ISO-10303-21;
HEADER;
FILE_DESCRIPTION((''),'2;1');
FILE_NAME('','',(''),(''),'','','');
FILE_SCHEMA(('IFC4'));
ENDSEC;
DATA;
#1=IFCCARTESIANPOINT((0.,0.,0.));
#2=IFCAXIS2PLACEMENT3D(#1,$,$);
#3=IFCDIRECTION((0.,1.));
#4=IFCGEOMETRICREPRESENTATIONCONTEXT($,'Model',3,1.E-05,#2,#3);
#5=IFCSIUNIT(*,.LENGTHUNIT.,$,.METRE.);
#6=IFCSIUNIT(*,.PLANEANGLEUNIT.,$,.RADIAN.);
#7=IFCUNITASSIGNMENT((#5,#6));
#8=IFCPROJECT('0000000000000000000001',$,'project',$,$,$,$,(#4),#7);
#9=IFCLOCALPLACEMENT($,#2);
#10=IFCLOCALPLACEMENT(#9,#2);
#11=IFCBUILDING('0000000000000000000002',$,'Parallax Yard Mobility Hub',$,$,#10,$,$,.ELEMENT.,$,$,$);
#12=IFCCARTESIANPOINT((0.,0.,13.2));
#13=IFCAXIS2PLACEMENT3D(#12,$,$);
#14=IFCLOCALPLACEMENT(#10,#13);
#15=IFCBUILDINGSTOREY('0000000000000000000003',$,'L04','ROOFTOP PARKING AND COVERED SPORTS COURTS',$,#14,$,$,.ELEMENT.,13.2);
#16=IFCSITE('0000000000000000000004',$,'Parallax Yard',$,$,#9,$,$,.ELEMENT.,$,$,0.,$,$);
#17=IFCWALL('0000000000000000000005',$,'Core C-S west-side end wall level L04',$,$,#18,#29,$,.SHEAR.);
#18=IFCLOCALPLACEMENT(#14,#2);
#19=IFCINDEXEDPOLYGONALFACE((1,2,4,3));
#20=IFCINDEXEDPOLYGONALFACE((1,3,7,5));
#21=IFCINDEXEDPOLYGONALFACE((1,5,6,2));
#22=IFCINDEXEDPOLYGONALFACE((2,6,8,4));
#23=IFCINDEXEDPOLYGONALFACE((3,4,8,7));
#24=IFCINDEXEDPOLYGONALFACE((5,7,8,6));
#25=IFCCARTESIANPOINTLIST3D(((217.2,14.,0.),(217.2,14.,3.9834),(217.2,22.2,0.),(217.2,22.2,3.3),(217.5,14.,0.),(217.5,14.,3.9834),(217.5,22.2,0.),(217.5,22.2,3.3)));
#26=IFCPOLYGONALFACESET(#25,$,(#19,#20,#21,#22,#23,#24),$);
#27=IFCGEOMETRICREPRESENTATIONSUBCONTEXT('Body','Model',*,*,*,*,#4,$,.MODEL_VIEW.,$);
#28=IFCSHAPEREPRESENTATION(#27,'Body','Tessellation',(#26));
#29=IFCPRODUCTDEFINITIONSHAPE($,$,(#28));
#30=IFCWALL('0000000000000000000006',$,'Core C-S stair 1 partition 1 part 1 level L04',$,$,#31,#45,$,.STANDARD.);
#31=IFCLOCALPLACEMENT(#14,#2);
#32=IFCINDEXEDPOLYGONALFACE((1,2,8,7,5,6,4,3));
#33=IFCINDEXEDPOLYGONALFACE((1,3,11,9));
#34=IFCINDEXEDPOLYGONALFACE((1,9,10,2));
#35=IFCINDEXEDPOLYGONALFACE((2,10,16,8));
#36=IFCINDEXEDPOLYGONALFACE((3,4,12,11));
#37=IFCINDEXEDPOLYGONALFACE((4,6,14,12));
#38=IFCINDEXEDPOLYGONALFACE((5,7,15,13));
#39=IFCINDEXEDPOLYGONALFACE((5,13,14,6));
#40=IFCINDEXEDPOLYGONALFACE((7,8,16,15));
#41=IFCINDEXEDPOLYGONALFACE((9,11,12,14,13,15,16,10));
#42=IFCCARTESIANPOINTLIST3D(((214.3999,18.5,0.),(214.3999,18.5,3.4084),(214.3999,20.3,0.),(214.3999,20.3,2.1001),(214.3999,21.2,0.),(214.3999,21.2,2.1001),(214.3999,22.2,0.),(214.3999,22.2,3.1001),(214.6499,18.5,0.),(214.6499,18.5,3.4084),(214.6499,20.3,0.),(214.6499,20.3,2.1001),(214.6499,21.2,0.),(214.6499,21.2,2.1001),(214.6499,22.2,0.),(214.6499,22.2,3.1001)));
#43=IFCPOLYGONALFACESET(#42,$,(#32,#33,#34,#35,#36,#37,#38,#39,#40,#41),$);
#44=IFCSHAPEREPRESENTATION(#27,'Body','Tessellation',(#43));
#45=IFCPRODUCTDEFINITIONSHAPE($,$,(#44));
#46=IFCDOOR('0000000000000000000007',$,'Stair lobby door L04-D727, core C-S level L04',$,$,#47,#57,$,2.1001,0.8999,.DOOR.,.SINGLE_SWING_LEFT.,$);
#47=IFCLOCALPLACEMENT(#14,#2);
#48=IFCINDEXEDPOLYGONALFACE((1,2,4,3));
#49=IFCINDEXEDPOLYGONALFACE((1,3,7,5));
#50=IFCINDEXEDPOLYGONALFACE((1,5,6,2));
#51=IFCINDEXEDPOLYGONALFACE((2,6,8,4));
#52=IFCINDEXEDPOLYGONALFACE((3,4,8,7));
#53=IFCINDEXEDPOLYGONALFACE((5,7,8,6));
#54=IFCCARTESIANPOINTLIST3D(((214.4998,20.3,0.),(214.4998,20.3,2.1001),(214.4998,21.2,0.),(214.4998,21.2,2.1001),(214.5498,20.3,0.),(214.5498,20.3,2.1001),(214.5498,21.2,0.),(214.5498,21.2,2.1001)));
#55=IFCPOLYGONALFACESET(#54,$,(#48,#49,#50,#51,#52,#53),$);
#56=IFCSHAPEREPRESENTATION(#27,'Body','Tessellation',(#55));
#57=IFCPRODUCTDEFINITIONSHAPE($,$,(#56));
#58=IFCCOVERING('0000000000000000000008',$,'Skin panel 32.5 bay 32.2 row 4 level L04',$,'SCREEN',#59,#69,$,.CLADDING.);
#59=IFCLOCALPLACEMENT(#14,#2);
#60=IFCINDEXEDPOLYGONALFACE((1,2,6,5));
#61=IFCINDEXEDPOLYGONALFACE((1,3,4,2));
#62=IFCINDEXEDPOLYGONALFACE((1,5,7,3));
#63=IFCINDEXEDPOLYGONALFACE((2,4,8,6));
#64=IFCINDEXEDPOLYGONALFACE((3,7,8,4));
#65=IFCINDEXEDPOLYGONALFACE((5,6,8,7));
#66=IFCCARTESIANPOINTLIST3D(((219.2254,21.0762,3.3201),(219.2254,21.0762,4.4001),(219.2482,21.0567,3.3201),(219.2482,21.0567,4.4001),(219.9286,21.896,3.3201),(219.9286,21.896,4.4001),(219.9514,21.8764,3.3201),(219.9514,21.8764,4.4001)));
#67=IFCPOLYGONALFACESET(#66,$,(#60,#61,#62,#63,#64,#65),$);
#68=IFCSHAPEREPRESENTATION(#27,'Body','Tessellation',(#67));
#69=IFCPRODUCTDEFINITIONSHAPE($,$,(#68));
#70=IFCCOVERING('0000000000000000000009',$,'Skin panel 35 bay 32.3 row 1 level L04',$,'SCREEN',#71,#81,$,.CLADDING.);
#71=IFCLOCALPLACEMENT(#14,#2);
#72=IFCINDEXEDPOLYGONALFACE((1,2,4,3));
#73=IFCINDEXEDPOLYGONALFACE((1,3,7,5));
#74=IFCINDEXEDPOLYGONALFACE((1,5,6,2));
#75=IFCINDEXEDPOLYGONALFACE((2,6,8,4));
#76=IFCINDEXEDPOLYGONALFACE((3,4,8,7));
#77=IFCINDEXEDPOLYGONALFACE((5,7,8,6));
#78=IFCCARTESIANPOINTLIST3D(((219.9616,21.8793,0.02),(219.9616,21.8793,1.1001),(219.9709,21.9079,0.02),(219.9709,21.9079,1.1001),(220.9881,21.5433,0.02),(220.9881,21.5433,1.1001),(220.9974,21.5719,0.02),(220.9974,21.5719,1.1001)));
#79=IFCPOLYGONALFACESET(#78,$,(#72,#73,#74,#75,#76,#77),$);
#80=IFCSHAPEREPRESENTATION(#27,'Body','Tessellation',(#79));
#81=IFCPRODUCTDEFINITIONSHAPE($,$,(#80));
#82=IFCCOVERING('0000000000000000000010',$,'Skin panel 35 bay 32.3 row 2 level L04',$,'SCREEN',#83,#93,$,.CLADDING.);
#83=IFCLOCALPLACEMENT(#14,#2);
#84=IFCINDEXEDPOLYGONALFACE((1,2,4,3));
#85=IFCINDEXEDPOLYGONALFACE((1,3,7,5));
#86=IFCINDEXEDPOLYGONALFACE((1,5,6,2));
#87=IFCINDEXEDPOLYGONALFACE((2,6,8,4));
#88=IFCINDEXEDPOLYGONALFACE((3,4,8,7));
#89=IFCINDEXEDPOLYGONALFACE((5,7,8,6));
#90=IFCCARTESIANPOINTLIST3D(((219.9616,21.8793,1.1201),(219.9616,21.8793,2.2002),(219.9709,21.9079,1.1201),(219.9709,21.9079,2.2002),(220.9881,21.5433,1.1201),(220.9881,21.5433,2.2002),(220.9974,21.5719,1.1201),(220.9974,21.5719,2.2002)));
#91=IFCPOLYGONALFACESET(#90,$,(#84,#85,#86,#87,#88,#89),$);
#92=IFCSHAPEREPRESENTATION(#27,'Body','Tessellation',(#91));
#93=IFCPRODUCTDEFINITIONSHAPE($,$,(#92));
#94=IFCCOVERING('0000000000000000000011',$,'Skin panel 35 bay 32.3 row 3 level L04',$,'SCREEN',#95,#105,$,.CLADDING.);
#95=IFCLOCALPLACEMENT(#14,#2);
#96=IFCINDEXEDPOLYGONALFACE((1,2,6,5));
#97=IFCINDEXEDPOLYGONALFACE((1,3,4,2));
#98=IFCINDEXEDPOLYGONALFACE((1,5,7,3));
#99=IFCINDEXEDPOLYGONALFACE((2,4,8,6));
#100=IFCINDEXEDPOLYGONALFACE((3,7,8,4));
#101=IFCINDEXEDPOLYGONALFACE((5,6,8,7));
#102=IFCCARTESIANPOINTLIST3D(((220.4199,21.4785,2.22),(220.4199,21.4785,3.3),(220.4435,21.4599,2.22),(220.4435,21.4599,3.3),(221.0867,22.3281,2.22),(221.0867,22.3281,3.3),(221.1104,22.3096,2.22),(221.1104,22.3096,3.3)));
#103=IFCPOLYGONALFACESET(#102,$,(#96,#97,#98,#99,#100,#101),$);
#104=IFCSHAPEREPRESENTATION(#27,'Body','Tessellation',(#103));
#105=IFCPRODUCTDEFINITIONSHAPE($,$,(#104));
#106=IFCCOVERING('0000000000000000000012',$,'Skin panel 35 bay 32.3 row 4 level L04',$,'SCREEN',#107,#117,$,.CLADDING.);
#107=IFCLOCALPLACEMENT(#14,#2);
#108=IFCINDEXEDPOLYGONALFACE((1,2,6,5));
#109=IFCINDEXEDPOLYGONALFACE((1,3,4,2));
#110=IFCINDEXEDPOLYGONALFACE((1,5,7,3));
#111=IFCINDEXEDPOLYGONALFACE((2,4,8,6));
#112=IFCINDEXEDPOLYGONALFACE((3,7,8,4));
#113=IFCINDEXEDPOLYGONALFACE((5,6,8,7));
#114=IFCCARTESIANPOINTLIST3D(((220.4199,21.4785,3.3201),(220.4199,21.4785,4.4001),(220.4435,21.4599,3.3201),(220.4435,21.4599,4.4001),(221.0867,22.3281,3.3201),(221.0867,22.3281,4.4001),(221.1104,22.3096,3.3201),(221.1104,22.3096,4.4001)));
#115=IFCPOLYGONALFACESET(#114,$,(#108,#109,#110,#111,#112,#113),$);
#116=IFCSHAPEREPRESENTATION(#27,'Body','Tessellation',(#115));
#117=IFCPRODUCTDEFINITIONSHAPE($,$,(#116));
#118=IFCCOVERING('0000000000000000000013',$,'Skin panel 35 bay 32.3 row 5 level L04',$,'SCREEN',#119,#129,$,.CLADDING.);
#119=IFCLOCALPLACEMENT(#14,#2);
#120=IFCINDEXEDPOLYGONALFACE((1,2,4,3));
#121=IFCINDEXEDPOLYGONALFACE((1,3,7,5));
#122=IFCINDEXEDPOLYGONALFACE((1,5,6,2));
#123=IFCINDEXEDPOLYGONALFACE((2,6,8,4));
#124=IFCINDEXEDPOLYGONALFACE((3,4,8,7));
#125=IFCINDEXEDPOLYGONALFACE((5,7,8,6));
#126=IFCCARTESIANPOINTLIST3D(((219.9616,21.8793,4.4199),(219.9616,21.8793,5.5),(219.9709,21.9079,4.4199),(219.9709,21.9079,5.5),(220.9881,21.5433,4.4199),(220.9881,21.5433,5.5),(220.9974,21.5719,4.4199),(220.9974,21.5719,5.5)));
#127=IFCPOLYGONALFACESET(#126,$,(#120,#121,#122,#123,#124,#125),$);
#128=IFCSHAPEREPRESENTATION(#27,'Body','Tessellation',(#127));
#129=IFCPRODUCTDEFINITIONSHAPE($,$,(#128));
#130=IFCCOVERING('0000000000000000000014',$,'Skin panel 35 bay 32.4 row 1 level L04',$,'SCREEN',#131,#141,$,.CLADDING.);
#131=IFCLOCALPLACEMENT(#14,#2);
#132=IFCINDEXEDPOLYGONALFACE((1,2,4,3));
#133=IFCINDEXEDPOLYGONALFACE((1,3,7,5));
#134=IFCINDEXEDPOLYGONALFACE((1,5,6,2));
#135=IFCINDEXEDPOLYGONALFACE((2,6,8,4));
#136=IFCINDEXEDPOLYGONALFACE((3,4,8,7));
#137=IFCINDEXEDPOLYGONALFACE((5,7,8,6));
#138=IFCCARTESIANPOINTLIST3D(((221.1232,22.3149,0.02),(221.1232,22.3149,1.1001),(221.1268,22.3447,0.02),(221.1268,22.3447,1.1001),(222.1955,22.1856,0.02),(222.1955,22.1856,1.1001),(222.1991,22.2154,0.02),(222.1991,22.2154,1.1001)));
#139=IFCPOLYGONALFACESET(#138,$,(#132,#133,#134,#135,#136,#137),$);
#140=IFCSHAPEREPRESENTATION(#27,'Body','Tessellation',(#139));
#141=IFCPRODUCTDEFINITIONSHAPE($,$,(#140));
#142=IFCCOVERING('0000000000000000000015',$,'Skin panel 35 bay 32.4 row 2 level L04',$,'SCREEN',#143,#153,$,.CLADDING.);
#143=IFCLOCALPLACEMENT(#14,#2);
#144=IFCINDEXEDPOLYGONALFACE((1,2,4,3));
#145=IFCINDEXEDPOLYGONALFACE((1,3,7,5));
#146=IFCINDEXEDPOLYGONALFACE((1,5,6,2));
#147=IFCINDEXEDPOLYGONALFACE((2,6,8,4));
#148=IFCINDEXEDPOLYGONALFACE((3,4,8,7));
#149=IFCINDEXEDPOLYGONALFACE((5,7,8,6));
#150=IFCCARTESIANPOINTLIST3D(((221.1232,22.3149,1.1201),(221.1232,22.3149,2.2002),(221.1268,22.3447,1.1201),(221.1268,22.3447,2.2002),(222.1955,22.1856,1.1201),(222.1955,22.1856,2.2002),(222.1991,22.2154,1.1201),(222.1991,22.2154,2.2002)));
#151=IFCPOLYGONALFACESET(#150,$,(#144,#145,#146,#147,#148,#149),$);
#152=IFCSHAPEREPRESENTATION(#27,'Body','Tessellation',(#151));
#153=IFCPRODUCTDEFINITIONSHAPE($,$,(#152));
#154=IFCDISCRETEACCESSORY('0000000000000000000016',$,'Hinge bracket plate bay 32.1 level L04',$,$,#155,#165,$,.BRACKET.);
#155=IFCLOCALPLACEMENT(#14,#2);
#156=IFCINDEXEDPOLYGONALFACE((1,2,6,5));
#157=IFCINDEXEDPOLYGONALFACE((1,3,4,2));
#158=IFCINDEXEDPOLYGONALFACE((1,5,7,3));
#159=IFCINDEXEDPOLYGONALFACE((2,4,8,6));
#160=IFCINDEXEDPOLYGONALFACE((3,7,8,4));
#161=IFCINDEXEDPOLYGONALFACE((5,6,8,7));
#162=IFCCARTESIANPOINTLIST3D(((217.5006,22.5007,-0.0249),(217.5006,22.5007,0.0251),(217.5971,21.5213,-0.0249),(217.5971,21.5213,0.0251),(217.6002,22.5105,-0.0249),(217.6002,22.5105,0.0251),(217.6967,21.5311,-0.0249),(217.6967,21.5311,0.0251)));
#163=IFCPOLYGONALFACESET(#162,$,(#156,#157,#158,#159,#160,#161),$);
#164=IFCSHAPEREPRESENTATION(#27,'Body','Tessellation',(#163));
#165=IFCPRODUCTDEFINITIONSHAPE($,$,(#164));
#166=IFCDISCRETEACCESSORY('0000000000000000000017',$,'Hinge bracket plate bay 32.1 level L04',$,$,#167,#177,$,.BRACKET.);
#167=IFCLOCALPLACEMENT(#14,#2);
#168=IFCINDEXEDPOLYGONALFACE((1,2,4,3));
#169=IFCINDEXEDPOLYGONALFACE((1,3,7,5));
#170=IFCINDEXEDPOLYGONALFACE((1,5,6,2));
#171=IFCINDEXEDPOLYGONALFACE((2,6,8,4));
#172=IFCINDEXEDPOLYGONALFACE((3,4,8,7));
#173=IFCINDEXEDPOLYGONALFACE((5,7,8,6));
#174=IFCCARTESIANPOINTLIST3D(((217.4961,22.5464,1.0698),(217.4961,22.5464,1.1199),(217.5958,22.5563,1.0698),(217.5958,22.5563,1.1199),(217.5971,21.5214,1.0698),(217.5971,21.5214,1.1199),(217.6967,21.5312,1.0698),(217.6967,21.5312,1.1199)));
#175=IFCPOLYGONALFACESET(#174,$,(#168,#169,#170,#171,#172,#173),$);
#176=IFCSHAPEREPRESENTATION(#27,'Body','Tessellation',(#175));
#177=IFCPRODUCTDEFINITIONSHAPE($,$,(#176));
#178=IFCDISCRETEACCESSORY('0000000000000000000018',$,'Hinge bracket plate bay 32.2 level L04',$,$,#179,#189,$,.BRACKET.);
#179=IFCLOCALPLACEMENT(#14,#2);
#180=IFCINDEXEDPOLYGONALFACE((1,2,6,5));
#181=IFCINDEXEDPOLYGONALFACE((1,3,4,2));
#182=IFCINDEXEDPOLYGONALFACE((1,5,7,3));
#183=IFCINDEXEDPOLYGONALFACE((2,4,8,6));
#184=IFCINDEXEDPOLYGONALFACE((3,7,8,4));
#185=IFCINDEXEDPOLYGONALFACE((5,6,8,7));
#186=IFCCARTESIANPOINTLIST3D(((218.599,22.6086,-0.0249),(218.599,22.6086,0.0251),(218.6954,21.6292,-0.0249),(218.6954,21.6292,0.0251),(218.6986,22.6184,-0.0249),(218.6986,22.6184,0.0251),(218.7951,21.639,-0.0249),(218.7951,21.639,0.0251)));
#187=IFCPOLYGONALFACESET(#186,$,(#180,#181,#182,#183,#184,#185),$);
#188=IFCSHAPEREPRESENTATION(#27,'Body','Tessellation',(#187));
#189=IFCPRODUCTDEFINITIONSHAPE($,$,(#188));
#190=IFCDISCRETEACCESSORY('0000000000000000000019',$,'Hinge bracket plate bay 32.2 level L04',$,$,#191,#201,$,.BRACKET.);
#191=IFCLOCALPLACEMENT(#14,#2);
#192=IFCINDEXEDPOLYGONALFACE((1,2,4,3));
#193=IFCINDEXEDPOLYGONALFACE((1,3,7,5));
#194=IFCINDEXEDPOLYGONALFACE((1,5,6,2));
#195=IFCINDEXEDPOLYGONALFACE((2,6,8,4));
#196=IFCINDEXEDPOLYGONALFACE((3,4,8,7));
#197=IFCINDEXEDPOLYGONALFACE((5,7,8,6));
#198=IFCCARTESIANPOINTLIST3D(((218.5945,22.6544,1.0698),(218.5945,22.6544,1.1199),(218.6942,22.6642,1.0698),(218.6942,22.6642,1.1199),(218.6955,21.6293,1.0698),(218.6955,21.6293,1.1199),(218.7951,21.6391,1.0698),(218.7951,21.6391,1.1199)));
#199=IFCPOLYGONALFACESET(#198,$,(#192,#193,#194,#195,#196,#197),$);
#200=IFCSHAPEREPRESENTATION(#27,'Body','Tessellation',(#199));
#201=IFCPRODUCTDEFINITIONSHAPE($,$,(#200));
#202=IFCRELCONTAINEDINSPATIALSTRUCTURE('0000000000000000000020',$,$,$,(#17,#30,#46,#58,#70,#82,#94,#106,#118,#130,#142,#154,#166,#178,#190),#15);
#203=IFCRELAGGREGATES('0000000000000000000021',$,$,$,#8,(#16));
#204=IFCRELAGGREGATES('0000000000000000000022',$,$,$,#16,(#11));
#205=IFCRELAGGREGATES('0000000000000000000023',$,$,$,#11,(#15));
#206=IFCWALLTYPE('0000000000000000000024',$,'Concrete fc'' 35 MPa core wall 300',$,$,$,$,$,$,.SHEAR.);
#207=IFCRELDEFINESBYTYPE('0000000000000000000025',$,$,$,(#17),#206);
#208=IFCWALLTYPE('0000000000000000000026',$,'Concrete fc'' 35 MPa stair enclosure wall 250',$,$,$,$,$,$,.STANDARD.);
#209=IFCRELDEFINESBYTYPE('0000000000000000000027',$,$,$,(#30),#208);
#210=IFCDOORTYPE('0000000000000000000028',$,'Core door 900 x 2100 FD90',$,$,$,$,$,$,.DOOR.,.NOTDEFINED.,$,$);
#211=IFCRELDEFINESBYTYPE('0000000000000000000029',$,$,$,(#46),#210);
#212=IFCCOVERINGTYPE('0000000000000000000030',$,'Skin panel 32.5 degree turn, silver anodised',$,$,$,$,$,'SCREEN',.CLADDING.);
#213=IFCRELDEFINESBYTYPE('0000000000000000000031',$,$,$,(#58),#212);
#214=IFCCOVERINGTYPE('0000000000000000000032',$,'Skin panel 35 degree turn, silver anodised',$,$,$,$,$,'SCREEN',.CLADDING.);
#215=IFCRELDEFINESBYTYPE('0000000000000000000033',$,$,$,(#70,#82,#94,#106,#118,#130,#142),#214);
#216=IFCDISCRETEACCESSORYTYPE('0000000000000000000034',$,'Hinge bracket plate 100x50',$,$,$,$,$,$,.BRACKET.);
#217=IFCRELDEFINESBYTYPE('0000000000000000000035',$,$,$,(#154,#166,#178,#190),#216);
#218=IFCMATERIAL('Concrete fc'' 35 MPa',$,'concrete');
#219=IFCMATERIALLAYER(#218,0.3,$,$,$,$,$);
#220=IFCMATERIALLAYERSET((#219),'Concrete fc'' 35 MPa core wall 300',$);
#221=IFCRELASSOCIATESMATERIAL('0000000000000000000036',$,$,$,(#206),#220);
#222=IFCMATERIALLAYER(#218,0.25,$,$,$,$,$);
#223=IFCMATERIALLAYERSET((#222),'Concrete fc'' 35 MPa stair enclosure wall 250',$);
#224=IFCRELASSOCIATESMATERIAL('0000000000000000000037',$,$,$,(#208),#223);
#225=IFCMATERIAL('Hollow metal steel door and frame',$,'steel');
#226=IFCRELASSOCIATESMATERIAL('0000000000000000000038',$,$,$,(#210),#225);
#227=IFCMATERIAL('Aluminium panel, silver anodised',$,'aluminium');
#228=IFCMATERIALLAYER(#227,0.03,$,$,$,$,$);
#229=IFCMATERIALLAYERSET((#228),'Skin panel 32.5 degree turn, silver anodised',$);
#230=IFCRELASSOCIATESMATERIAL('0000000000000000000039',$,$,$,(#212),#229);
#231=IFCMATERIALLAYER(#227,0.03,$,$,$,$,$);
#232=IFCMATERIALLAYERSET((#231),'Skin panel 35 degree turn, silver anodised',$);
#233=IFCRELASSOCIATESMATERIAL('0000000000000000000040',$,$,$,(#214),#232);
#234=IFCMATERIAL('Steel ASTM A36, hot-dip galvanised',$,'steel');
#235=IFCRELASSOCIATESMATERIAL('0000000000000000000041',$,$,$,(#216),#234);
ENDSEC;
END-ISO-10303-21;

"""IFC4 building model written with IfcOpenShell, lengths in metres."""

from ifc_helpers import new_model, si_unit, direction, frame, frame_2d, origin, origin_2d, place, context, subcontext, project, spatial, polyline, rectangle, outline, extrude, material, layer, layer_set, type_object, element, fill, save


model = new_model("IFC4")

# Units and contexts
model_context = context("Model", 3, precision=1e-05, world=origin(), true_north=direction((0.0, 1.0)))
body_context = subcontext(model_context, "Body", "Model", "MODEL_VIEW")
ifc_project = project(units=[si_unit("LENGTHUNIT", "METRE"), si_unit("PLANEANGLEUNIT", "RADIAN")], contexts=[model_context])

# Site, building, storey
site_placement = place(None, origin())
site = spatial("IfcSite", under=ifc_project, at=site_placement, Name="Parallax Yard", CompositionType="ELEMENT", RefElevation=0.0)
building_placement = place(site_placement, origin())
building = spatial("IfcBuilding", under=site, at=building_placement, Name="Parallax Yard Mobility Hub", CompositionType="ELEMENT")
storey_placement = place(building_placement, frame((0.0, 0.0, 13.2)))
storey = spatial("IfcBuildingStorey", under=building, at=storey_placement, Name="L04", Description="ROOFTOP PARKING AND COVERED SPORTS COURTS", CompositionType="ELEMENT", Elevation=13.2)

# Wall
ifc_material_1 = material(Name="Concrete fc' 35 MPa", Category="concrete")
ifc_layer_1 = layer(ifc_material_1, 0.3)
ifc_layer_set_1 = layer_set([ifc_layer_1], Name="Concrete fc' 35 MPa core wall 300")
wall_type_1 = type_object("IfcWallType", Name="Concrete fc' 35 MPa core wall 300", PredefinedType="SHEAR", material=ifc_layer_set_1)
wall_1_placement = place(storey_placement, frame((217.3501, 22.2, 0.0), z_axis=(0.0, 0.0, 1.0), x_axis=(0.0, -1.0, 0.0)))
element("IfcWall", 1, at=wall_1_placement, inside=storey, type_object=wall_type_1, Name="Core C-S west-side end wall level L04", PredefinedType="SHEAR", context=body_context, shape_type="SweptSolid", body=[
    extrude(outline(polyline([(0.0, 0.0), (8.2, 0.0), (8.2, 3.9834), (0.0, 3.3), (0.0, 0.0)])), frame((0.0, 0.1499, 0.0), z_axis=(0.0, -1.0, 0.0), x_axis=(1.0, 0.0, 0.0)), (0.0, 0.0, 1.0), 0.3),
])

# Wall, opening, door
ifc_layer_2 = layer(ifc_material_1, 0.25)
ifc_layer_set_2 = layer_set([ifc_layer_2], Name="Concrete fc' 35 MPa stair enclosure wall 250")
wall_type_2 = type_object("IfcWallType", Name="Concrete fc' 35 MPa stair enclosure wall 250", PredefinedType="STANDARD", material=ifc_layer_set_2)
wall_2_placement = place(storey_placement, frame((214.5249, 22.2, 0.0), z_axis=(0.0, 0.0, 1.0), x_axis=(0.0, -1.0, 0.0)))
wall_2 = element("IfcWall", 2, at=wall_2_placement, inside=storey, type_object=wall_type_2, Name="Core C-S stair 1 partition 1 part 1 level L04", PredefinedType="STANDARD", context=body_context, shape_type="SweptSolid", body=[
    extrude(outline(polyline([(0.0, 0.0), (3.7, 0.0), (3.7, 3.4084), (0.0, 3.1001), (0.0, 0.0)])), frame((0.0, 0.125, 0.0), z_axis=(0.0, -1.0, 0.0), x_axis=(1.0, 0.0, 0.0)), (0.0, 0.0, 1.0), 0.25),
])
opening_placement = place(wall_2_placement, frame((1.0, 0.0, 0.0)))
opening = element("IfcOpeningElement", 3, at=opening_placement, cuts=wall_2, PredefinedType="OPENING", context=body_context, shape_type="SweptSolid", body=[
    extrude(rectangle(XDim=0.8999, YDim=2.1001, at=frame_2d((0.45, 1.05))), frame((0.0, 0.135, 0.0), z_axis=(0.0, -1.0, 0.0), x_axis=(1.0, 0.0, 0.0)), (0.0, 0.0, 1.0), 0.27),
])
ifc_material_2 = material(Name="Hollow metal steel door and frame", Category="steel")
door_type = type_object("IfcDoorType", Name="Core door 900 x 2100 FD90", OperationType="NOTDEFINED", PredefinedType="DOOR", material=ifc_material_2)
door_placement = place(opening_placement, origin())
door = element("IfcDoor", 4, at=door_placement, inside=storey, type_object=door_type, Name="Stair lobby door L04-D727, core C-S level L04", OperationType="SINGLE_SWING_LEFT", OverallHeight=2.1001, OverallWidth=0.8999, PredefinedType="DOOR", context=body_context, shape_type="SweptSolid", body=[
    extrude(rectangle(XDim=0.8999, YDim=2.1001, at=frame_2d((0.45, 1.05))), frame((0.0, 0.0249, 0.0), z_axis=(0.0, -1.0, 0.0), x_axis=(1.0, 0.0, 0.0)), (0.0, 0.0, 1.0), 0.05),
])
fill(opening, door)

# Coverings
ifc_material_3 = material(Name="Aluminium panel, silver anodised", Category="aluminium")
ifc_layer_3 = layer(ifc_material_3, 0.03)
ifc_layer_set_3 = layer_set([ifc_layer_3], Name="Skin panel 32.5 degree turn, silver anodised")
covering_type_1 = type_object("IfcCoveringType", Name="Skin panel 32.5 degree turn, silver anodised", ElementType="SCREEN", PredefinedType="CLADDING", material=ifc_layer_set_3)
covering_placement = place(storey_placement, frame((219.5884, 21.4763, 3.3201), z_axis=(0.0, 0.0, 1.0), x_axis=(-0.651105, -0.758987, 0.0)))
element("IfcCovering", 5, at=covering_placement, inside=storey, type_object=covering_type_1, Name="Skin panel 32.5 bay 32.2 row 4 level L04", ObjectType="SCREEN", PredefinedType="CLADDING", context=body_context, shape_type="SweptSolid", body=[
    extrude(rectangle(XDim=1.0801, YDim=0.03, at=origin_2d()), origin(), (0.0, 0.0, 1.0), 1.0801),
])
ifc_layer_4 = layer(ifc_material_3, 0.03)
ifc_layer_set_4 = layer_set([ifc_layer_4], Name="Skin panel 35 degree turn, silver anodised")
covering_type_2 = type_object("IfcCoveringType", Name="Skin panel 35 degree turn, silver anodised", ElementType="SCREEN", PredefinedType="CLADDING", material=ifc_layer_set_4)
for number, where, z_axis, x_axis, name in (
    (6, (220.4795, 21.7256, 0.02), (0.0, 0.0, 1.0), (0.95038, -0.311091, 0.0), "Skin panel 35 bay 32.3 row 1 level L04"),
    (7, (220.4795, 21.7256, 1.1201), (0.0, 0.0, 1.0), (0.95038, -0.311091, 0.0), "Skin panel 35 bay 32.3 row 2 level L04"),
    (8, (220.7651, 21.894, 2.22), (0.0, 0.0, 1.0), (-0.617379, -0.786666, 0.0), "Skin panel 35 bay 32.3 row 3 level L04"),
    (9, (220.7651, 21.894, 3.3201), (0.0, 0.0, 1.0), (-0.617379, -0.786666, 0.0), "Skin panel 35 bay 32.3 row 4 level L04"),
    (10, (220.4795, 21.7256, 4.4199), (0.0, 0.0, 1.0), (0.95038, -0.311091, 0.0), "Skin panel 35 bay 32.3 row 5 level L04"),
    (11, (221.6611, 22.2651, 0.02), (0.0, 0.0, 1.0), (0.99281, -0.119704, 0.0), "Skin panel 35 bay 32.4 row 1 level L04"),
    (12, (221.6611, 22.2651, 1.1201), (0.0, 0.0, 1.0), (0.99281, -0.119704, 0.0), "Skin panel 35 bay 32.4 row 2 level L04"),
):
    element("IfcCovering", number, at=place(storey_placement, frame(where, z_axis=z_axis, x_axis=x_axis)), inside=storey, type_object=covering_type_2, Name=name, ObjectType="SCREEN", PredefinedType="CLADDING", context=body_context, shape_type="SweptSolid", body=[
        extrude(rectangle(XDim=1.0801, YDim=0.03, at=origin_2d()), origin(), (0.0, 0.0, 1.0), 1.0801),
    ])

# Discrete accessories
ifc_material_4 = material(Name="Steel ASTM A36, hot-dip galvanised", Category="steel")
discrete_accessory_type_1 = type_object("IfcDiscreteAccessoryType", Name="Hinge bracket plate 100x50", PredefinedType="BRACKET", material=ifc_material_4)
discrete_accessory_1_placement = place(storey_placement, frame((217.5986, 22.0159, -0.0249), z_axis=(0.0, 0.0, 1.0), x_axis=(0.098017, -0.995185, 0.0)))
element("IfcDiscreteAccessory", 13, at=discrete_accessory_1_placement, inside=storey, type_object=discrete_accessory_type_1, Name="Hinge bracket plate bay 32.1 level L04", PredefinedType="BRACKET", context=body_context, shape_type="SweptSolid", body=[
    extrude(rectangle(XDim=0.9841, YDim=0.1001, at=origin_2d()), origin(), (0.0, 0.0, 1.0), 0.05),
])
discrete_accessory_2_placement = place(storey_placement, frame((217.5964, 22.0388, 1.0698), z_axis=(0.0, 0.0, 1.0), x_axis=(0.098017, -0.995185, 0.0)))
element("IfcDiscreteAccessory", 14, at=discrete_accessory_2_placement, inside=storey, type_object=discrete_accessory_type_1, Name="Hinge bracket plate bay 32.1 level L04", PredefinedType="BRACKET", context=body_context, shape_type="SweptSolid", body=[
    extrude(rectangle(XDim=1.03, YDim=0.1001, at=origin_2d()), origin(), (0.0, 0.0, 1.0), 0.05),
])
discrete_accessory_3_placement = place(storey_placement, frame((218.697, 22.1238, -0.0249), z_axis=(0.0, 0.0, 1.0), x_axis=(0.098017, -0.995185, 0.0)))
element("IfcDiscreteAccessory", 15, at=discrete_accessory_3_placement, inside=storey, type_object=discrete_accessory_type_1, Name="Hinge bracket plate bay 32.2 level L04", PredefinedType="BRACKET", context=body_context, shape_type="SweptSolid", body=[
    extrude(rectangle(XDim=0.9841, YDim=0.1001, at=origin_2d()), origin(), (0.0, 0.0, 1.0), 0.05),
])
discrete_accessory_4_placement = place(storey_placement, frame((218.6948, 22.1467, 1.0698), z_axis=(0.0, 0.0, 1.0), x_axis=(0.098017, -0.995185, 0.0)))
element("IfcDiscreteAccessory", 16, at=discrete_accessory_4_placement, inside=storey, type_object=discrete_accessory_type_1, Name="Hinge bracket plate bay 32.2 level L04", PredefinedType="BRACKET", context=body_context, shape_type="SweptSolid", body=[
    extrude(rectangle(XDim=1.03, YDim=0.1001, at=origin_2d()), origin(), (0.0, 0.0, 1.0), 0.05),
])

save(model, "model.ifc")
